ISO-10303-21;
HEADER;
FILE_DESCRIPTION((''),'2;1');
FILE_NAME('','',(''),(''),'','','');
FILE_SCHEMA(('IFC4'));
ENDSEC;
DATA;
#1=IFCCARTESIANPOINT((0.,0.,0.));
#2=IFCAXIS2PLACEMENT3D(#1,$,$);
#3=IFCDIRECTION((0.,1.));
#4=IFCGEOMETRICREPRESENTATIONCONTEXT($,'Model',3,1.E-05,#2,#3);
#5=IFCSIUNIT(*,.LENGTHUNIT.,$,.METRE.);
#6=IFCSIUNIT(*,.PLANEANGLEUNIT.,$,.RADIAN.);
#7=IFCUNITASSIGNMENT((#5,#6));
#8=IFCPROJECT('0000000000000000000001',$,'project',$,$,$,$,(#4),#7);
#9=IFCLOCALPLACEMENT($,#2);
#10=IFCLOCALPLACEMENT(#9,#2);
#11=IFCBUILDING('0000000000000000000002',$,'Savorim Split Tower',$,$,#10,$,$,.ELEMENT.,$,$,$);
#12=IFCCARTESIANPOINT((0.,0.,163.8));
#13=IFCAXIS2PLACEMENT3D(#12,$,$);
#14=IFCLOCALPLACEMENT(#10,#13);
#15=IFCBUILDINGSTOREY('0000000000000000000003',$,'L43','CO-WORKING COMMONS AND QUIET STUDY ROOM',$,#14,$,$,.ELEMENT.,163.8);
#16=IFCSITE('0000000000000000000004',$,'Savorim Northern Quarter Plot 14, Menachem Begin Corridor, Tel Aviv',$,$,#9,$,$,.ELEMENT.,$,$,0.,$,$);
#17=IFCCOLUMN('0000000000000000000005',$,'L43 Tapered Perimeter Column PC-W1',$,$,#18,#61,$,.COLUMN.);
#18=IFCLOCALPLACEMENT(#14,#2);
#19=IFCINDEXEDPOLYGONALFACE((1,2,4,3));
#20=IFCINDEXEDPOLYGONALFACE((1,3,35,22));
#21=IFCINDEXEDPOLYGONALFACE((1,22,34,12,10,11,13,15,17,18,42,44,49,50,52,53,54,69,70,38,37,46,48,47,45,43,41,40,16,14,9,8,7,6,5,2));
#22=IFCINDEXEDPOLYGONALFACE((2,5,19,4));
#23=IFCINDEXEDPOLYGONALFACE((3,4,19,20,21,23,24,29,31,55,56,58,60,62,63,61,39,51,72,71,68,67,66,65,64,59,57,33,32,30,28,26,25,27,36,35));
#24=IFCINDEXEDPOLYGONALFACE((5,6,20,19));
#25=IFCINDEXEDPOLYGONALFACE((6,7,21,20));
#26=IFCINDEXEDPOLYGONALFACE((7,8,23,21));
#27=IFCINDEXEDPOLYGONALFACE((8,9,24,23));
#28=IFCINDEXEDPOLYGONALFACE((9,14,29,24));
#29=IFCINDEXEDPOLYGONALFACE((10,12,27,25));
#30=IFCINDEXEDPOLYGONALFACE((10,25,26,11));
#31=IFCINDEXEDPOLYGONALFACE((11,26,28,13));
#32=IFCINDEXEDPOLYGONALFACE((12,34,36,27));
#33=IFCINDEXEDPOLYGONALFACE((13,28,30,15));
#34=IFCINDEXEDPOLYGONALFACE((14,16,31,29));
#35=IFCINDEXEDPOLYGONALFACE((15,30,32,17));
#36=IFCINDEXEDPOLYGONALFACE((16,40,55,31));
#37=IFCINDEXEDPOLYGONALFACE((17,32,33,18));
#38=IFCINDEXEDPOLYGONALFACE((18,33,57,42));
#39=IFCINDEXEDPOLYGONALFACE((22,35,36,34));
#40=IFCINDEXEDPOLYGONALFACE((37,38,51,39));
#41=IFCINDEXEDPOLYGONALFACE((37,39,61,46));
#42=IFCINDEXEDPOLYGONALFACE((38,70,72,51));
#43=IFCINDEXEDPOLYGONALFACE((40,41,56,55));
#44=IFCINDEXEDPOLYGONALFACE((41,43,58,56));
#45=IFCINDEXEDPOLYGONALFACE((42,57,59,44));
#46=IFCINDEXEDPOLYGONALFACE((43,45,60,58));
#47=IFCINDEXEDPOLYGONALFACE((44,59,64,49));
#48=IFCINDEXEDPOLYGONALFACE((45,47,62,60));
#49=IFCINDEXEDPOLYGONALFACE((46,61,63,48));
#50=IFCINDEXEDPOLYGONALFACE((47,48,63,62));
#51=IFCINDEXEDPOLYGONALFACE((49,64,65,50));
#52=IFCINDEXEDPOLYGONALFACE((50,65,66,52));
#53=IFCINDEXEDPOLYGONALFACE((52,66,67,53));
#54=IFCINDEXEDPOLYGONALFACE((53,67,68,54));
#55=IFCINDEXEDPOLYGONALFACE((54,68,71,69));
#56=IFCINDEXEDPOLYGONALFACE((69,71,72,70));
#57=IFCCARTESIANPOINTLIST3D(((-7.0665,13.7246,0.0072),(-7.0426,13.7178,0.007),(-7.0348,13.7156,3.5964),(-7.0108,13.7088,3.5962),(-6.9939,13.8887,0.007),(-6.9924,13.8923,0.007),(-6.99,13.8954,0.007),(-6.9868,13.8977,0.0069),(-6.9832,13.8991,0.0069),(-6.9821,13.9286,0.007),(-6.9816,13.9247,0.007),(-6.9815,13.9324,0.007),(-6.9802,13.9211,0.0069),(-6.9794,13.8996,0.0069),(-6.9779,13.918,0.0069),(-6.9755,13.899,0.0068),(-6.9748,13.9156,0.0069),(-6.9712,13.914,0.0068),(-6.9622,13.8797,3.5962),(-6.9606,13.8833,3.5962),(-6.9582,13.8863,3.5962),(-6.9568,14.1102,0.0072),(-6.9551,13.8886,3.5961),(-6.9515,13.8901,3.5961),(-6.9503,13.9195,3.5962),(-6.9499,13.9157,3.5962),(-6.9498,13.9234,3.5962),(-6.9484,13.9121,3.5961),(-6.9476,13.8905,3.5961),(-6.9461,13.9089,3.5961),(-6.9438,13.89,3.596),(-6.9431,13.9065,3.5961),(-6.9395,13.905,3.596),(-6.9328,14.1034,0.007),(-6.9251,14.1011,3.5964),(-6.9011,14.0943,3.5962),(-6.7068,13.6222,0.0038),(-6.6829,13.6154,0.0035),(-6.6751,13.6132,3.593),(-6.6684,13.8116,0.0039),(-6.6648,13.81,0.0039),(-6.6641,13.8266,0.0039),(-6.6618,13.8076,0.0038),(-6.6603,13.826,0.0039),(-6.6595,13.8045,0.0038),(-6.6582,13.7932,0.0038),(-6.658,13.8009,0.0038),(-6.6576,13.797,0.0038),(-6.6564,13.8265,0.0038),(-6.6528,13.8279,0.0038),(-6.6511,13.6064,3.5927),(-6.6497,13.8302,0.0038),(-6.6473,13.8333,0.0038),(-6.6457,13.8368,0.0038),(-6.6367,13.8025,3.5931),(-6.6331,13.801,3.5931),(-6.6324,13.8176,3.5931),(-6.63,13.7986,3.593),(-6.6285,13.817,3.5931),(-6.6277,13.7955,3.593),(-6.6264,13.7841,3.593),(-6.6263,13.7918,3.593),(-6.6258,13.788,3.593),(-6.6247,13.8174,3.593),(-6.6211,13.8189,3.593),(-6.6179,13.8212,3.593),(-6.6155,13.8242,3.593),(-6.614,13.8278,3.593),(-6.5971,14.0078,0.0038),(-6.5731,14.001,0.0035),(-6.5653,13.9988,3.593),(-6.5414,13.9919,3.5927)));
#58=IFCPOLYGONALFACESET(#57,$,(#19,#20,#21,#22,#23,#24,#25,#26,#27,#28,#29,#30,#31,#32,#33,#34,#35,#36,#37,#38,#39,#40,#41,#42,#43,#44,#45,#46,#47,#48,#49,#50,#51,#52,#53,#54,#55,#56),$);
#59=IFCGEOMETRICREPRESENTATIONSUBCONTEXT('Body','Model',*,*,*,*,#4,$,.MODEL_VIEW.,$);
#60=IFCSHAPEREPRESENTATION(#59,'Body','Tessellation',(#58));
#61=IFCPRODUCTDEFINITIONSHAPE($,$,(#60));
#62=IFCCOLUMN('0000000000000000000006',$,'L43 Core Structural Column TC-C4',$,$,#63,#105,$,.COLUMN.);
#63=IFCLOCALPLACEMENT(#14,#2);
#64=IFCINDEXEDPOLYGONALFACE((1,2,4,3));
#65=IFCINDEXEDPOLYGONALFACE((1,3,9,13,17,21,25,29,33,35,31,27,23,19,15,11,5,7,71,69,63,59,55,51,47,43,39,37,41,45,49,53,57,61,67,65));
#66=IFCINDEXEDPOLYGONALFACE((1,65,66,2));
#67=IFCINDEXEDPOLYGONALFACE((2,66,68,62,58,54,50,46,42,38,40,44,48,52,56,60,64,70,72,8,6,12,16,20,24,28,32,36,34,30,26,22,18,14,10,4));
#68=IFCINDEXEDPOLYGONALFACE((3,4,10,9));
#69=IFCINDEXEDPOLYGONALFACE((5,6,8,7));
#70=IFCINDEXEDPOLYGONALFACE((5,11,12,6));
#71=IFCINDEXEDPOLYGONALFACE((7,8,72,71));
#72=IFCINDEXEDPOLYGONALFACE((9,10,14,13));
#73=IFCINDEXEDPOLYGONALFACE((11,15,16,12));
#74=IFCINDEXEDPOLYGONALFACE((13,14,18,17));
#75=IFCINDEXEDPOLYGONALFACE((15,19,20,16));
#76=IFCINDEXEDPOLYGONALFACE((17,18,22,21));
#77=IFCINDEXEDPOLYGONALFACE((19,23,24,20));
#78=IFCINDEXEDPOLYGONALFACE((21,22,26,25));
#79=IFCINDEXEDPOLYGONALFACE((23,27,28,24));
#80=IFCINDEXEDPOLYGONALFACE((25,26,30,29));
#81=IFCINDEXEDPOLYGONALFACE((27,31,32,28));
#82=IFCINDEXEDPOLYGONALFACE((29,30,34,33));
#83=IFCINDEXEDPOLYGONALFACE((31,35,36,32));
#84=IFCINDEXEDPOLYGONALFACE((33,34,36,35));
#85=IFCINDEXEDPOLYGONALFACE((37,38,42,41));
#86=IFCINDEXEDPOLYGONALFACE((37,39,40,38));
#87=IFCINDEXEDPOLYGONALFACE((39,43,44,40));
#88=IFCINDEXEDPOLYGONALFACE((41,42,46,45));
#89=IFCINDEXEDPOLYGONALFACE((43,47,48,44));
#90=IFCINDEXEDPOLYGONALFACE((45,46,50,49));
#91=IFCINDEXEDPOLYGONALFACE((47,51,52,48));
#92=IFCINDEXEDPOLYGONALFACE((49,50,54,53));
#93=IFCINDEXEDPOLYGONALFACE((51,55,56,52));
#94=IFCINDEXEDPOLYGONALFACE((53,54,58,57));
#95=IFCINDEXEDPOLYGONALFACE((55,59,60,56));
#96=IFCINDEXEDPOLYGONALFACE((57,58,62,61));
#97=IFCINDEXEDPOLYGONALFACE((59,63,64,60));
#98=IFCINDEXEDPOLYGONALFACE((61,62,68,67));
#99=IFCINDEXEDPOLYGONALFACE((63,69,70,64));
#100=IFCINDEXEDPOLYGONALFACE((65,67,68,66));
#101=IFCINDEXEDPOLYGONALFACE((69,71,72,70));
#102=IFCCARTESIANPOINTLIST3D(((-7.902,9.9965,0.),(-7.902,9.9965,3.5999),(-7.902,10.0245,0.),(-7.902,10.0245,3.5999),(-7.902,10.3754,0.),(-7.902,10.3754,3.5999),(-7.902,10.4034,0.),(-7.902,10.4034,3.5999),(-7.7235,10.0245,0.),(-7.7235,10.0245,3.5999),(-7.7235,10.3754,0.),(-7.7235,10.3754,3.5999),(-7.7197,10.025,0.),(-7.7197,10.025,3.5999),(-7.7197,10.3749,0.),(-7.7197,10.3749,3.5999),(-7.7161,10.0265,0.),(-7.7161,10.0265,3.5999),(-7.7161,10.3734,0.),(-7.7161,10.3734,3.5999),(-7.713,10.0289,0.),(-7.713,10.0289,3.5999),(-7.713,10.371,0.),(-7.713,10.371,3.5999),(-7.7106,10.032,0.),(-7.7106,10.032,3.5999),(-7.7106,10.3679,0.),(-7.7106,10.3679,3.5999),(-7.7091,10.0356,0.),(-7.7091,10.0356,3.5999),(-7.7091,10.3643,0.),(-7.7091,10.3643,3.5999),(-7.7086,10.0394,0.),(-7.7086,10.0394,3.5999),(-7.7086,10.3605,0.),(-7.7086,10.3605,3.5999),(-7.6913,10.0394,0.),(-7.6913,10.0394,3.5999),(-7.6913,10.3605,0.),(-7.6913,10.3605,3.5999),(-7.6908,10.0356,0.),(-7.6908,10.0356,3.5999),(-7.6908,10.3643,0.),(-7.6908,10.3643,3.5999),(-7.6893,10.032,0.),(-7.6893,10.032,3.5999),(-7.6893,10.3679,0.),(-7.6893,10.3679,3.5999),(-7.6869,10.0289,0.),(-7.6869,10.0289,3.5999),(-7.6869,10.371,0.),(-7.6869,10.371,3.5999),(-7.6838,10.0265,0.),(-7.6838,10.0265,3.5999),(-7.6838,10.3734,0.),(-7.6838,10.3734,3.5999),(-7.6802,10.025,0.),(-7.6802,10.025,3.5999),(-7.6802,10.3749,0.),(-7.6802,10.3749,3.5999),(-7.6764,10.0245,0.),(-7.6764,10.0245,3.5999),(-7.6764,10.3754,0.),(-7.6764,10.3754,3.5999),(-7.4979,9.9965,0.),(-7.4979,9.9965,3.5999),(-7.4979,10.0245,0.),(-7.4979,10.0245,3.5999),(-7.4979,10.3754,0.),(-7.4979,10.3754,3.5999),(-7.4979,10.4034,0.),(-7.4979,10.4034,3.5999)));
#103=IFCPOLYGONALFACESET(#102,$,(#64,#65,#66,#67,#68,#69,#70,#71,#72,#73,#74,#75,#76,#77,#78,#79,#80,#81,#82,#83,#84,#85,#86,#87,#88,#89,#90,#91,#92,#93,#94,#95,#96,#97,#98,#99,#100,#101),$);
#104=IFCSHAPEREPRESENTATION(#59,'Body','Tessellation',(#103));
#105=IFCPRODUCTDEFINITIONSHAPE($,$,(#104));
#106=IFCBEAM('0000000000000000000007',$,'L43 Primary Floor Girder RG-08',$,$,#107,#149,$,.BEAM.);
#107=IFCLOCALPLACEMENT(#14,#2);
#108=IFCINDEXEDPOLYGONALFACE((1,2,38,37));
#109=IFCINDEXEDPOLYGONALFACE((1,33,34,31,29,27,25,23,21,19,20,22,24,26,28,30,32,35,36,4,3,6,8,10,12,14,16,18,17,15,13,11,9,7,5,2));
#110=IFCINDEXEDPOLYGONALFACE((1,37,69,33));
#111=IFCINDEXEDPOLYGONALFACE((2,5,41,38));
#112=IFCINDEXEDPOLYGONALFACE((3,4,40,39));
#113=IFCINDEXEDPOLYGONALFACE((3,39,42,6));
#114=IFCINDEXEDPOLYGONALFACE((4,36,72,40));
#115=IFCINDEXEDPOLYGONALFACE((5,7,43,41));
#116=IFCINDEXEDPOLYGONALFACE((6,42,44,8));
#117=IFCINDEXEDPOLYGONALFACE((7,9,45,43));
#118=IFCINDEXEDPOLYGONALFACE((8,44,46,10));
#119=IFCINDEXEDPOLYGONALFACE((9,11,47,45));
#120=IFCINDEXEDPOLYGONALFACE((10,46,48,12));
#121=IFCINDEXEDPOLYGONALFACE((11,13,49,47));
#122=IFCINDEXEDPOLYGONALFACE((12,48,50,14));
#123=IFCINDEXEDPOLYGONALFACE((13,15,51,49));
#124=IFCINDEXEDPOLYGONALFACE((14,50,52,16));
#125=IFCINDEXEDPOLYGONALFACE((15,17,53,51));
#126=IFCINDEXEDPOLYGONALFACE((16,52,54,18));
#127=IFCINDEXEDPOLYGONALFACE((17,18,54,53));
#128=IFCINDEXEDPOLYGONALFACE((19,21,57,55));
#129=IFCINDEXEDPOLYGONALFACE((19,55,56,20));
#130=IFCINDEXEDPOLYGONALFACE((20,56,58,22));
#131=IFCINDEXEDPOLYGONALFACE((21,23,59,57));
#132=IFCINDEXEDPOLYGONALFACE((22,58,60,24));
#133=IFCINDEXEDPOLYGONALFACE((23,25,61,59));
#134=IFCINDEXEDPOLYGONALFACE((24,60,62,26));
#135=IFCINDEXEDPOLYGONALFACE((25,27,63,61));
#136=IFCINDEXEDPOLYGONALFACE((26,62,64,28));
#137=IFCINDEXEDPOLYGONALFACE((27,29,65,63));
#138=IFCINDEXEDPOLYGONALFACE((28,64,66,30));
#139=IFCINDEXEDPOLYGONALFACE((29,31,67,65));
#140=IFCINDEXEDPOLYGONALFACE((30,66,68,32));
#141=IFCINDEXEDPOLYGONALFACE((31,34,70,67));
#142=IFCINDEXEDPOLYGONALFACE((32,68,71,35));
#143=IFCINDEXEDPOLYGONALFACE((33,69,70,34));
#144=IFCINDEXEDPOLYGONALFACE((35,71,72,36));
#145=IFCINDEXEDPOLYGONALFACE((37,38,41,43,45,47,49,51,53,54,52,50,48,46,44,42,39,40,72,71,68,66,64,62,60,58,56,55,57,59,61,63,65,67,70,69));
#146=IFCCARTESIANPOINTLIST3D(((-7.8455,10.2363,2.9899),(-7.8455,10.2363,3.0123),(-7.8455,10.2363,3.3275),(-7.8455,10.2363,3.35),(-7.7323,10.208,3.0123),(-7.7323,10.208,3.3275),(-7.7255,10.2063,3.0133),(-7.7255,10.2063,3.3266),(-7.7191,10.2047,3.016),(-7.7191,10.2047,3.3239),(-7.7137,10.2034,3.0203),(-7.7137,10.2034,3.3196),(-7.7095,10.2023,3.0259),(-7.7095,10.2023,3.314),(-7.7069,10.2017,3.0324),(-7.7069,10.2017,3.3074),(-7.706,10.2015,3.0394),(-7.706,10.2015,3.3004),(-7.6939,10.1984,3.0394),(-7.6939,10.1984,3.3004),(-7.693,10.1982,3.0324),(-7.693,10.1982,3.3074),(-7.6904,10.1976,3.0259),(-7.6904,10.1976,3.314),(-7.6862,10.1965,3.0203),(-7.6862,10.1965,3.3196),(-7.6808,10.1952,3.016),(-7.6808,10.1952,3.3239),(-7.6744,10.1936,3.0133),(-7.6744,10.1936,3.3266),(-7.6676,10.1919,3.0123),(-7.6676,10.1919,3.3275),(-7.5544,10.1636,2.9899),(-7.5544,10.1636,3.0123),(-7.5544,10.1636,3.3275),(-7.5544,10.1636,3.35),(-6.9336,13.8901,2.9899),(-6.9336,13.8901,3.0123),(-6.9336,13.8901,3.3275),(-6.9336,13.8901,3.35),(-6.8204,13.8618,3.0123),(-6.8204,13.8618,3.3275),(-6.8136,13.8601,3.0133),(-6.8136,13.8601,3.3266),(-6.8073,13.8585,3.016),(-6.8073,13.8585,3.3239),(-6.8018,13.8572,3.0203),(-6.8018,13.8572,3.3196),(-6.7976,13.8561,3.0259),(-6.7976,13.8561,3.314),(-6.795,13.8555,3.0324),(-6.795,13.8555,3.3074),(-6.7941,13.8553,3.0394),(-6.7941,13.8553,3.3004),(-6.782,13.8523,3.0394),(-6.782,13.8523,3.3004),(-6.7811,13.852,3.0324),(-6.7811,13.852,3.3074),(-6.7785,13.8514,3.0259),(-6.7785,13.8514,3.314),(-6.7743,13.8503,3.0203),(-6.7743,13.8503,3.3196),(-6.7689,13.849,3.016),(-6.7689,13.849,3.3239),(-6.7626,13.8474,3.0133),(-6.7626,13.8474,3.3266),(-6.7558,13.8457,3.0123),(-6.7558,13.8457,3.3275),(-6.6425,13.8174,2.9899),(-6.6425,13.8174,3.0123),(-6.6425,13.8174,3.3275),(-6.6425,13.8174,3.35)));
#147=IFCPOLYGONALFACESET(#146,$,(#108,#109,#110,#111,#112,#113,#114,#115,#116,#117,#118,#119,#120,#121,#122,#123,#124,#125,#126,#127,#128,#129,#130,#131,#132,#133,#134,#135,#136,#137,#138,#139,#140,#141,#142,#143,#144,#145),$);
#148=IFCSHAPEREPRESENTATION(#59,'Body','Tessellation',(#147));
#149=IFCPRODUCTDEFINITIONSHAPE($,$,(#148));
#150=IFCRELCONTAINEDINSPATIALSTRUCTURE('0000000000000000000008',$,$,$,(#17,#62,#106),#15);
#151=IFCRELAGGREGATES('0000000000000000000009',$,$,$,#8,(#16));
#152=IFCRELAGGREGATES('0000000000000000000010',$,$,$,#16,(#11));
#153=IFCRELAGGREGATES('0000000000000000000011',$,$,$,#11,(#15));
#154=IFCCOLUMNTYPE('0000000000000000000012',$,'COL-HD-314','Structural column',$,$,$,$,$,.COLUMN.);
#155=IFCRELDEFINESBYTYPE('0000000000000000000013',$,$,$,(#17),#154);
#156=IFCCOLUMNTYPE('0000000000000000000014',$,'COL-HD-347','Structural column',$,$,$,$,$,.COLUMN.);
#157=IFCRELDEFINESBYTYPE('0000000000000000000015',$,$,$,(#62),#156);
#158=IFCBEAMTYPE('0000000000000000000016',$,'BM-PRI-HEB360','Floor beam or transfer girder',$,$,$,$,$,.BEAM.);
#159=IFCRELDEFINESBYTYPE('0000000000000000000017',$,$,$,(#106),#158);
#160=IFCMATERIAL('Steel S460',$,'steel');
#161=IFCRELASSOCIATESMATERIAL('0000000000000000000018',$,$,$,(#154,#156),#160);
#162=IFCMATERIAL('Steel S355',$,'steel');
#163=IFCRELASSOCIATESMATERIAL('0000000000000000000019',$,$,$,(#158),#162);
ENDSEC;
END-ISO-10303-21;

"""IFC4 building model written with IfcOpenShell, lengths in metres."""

from ifc_helpers import new_model, si_unit, direction, frame, origin, origin_2d, place, context, subcontext, project, spatial, i_section, extrude, material, material_profile, profile_set, type_object, element, save


model = new_model("IFC4")

# Units and contexts
model_context = context("Model", 3, precision=1e-05, world=origin(), true_north=direction((0.0, 1.0)))
body_context = subcontext(model_context, "Body", "Model", "MODEL_VIEW")
ifc_project = project(units=[si_unit("LENGTHUNIT", "METRE"), si_unit("PLANEANGLEUNIT", "RADIAN")], contexts=[model_context])

# Site, building, storey
site_placement = place(None, origin())
site = spatial("IfcSite", under=ifc_project, at=site_placement, Name="Savorim Northern Quarter Plot 14, Menachem Begin Corridor, Tel Aviv", CompositionType="ELEMENT", RefElevation=0.0)
building_placement = place(site_placement, origin())
building = spatial("IfcBuilding", under=site, at=building_placement, Name="Savorim Split Tower", CompositionType="ELEMENT")
storey_placement = place(building_placement, frame((0.0, 0.0, 163.8)))
storey = spatial("IfcBuildingStorey", under=building, at=storey_placement, Name="L43", Description="CO-WORKING COMMONS AND QUIET STUDY ROOM", CompositionType="ELEMENT", Elevation=163.8)

# Columns
ifc_material_1 = material(Name="Steel S460", Category="steel")
ifc_material_profile_1 = material_profile(ifc_material_1, i_section(OverallWidth=0.4009, OverallDepth=0.3989, WebThickness=0.0156, FlangeThickness=0.0249, FilletRadius=0.0149, at=origin_2d()), Name="HD 400x314")
ifc_profile_set_1 = profile_set([ifc_material_profile_1], Name="Steel S460")
column_type_1 = type_object("IfcColumnType", Name="COL-HD-314", Description="Structural column", PredefinedType="COLUMN", material=ifc_profile_set_1)
column_1_placement = place(storey_placement, frame((-6.8198, 13.8628, 0.0054), z_axis=(0.008843, -0.002517, 0.999958), x_axis=(0.273744, 0.961803, 0.0)))
element("IfcColumn", 1, at=column_1_placement, inside=storey, type_object=column_type_1, Name="L43 Tapered Perimeter Column PC-W1", PredefinedType="COLUMN", context=body_context, shape_type="SweptSolid", body=[
    extrude(i_section(OverallWidth=0.4009, OverallDepth=0.3989, WebThickness=0.0156, FlangeThickness=0.0249, FilletRadius=0.0149, at=origin_2d()), origin(), (0.0, 0.0, 1.0), 3.5894),
])
ifc_material_profile_2 = material_profile(ifc_material_1, i_section(OverallWidth=0.4041, OverallDepth=0.407, WebThickness=0.0173, FlangeThickness=0.0281, FilletRadius=0.0149, at=origin_2d()), Name="HD 400x347")
ifc_profile_set_2 = profile_set([ifc_material_profile_2], Name="Steel S460")
column_type_2 = type_object("IfcColumnType", Name="COL-HD-347", Description="Structural column", PredefinedType="COLUMN", material=ifc_profile_set_2)
column_2_placement = place(storey_placement, frame((-7.7, 10.2, 0.0), z_axis=(0.0, 0.0, 1.0), x_axis=(1.0, 0.0, 0.0)))
element("IfcColumn", 2, at=column_2_placement, inside=storey, type_object=column_type_2, Name="L43 Core Structural Column TC-C4", PredefinedType="COLUMN", context=body_context, shape_type="SweptSolid", body=[
    extrude(i_section(OverallWidth=0.4041, OverallDepth=0.407, WebThickness=0.0173, FlangeThickness=0.0281, FilletRadius=0.0149, at=origin_2d()), origin(), (0.0, 0.0, 1.0), 3.5999),
])

# Beam
ifc_material_2 = material(Name="Steel S355", Category="steel")
ifc_material_profile_3 = material_profile(ifc_material_2, i_section(OverallWidth=0.3, OverallDepth=0.3601, WebThickness=0.0125, FlangeThickness=0.0225, FilletRadius=0.0271, at=origin_2d()), Name="HEB 360")
ifc_profile_set_3 = profile_set([ifc_material_profile_3], Name="Steel S355")
beam_type_1 = type_object("IfcBeamType", Name="BM-PRI-HEB360", Description="Floor beam or transfer girder", PredefinedType="BEAM", material=ifc_profile_set_3)
beam_1_placement = place(storey_placement, frame((-6.7881, 13.8538, 3.1699), z_axis=(-0.242139, -0.970242, 0.0), x_axis=(0.970242, -0.242139, 0.0)))
element("IfcBeam", 3, at=beam_1_placement, inside=storey, type_object=beam_type_1, Name="L43 Primary Floor Girder RG-08", PredefinedType="BEAM", context=body_context, shape_type="SweptSolid", body=[
    extrude(i_section(OverallWidth=0.3, OverallDepth=0.3601, WebThickness=0.0125, FlangeThickness=0.0225, FilletRadius=0.0271, at=origin_2d()), origin(), (0.0, 0.0, 1.0), 3.7659),
])

save(model, "model.ifc")
